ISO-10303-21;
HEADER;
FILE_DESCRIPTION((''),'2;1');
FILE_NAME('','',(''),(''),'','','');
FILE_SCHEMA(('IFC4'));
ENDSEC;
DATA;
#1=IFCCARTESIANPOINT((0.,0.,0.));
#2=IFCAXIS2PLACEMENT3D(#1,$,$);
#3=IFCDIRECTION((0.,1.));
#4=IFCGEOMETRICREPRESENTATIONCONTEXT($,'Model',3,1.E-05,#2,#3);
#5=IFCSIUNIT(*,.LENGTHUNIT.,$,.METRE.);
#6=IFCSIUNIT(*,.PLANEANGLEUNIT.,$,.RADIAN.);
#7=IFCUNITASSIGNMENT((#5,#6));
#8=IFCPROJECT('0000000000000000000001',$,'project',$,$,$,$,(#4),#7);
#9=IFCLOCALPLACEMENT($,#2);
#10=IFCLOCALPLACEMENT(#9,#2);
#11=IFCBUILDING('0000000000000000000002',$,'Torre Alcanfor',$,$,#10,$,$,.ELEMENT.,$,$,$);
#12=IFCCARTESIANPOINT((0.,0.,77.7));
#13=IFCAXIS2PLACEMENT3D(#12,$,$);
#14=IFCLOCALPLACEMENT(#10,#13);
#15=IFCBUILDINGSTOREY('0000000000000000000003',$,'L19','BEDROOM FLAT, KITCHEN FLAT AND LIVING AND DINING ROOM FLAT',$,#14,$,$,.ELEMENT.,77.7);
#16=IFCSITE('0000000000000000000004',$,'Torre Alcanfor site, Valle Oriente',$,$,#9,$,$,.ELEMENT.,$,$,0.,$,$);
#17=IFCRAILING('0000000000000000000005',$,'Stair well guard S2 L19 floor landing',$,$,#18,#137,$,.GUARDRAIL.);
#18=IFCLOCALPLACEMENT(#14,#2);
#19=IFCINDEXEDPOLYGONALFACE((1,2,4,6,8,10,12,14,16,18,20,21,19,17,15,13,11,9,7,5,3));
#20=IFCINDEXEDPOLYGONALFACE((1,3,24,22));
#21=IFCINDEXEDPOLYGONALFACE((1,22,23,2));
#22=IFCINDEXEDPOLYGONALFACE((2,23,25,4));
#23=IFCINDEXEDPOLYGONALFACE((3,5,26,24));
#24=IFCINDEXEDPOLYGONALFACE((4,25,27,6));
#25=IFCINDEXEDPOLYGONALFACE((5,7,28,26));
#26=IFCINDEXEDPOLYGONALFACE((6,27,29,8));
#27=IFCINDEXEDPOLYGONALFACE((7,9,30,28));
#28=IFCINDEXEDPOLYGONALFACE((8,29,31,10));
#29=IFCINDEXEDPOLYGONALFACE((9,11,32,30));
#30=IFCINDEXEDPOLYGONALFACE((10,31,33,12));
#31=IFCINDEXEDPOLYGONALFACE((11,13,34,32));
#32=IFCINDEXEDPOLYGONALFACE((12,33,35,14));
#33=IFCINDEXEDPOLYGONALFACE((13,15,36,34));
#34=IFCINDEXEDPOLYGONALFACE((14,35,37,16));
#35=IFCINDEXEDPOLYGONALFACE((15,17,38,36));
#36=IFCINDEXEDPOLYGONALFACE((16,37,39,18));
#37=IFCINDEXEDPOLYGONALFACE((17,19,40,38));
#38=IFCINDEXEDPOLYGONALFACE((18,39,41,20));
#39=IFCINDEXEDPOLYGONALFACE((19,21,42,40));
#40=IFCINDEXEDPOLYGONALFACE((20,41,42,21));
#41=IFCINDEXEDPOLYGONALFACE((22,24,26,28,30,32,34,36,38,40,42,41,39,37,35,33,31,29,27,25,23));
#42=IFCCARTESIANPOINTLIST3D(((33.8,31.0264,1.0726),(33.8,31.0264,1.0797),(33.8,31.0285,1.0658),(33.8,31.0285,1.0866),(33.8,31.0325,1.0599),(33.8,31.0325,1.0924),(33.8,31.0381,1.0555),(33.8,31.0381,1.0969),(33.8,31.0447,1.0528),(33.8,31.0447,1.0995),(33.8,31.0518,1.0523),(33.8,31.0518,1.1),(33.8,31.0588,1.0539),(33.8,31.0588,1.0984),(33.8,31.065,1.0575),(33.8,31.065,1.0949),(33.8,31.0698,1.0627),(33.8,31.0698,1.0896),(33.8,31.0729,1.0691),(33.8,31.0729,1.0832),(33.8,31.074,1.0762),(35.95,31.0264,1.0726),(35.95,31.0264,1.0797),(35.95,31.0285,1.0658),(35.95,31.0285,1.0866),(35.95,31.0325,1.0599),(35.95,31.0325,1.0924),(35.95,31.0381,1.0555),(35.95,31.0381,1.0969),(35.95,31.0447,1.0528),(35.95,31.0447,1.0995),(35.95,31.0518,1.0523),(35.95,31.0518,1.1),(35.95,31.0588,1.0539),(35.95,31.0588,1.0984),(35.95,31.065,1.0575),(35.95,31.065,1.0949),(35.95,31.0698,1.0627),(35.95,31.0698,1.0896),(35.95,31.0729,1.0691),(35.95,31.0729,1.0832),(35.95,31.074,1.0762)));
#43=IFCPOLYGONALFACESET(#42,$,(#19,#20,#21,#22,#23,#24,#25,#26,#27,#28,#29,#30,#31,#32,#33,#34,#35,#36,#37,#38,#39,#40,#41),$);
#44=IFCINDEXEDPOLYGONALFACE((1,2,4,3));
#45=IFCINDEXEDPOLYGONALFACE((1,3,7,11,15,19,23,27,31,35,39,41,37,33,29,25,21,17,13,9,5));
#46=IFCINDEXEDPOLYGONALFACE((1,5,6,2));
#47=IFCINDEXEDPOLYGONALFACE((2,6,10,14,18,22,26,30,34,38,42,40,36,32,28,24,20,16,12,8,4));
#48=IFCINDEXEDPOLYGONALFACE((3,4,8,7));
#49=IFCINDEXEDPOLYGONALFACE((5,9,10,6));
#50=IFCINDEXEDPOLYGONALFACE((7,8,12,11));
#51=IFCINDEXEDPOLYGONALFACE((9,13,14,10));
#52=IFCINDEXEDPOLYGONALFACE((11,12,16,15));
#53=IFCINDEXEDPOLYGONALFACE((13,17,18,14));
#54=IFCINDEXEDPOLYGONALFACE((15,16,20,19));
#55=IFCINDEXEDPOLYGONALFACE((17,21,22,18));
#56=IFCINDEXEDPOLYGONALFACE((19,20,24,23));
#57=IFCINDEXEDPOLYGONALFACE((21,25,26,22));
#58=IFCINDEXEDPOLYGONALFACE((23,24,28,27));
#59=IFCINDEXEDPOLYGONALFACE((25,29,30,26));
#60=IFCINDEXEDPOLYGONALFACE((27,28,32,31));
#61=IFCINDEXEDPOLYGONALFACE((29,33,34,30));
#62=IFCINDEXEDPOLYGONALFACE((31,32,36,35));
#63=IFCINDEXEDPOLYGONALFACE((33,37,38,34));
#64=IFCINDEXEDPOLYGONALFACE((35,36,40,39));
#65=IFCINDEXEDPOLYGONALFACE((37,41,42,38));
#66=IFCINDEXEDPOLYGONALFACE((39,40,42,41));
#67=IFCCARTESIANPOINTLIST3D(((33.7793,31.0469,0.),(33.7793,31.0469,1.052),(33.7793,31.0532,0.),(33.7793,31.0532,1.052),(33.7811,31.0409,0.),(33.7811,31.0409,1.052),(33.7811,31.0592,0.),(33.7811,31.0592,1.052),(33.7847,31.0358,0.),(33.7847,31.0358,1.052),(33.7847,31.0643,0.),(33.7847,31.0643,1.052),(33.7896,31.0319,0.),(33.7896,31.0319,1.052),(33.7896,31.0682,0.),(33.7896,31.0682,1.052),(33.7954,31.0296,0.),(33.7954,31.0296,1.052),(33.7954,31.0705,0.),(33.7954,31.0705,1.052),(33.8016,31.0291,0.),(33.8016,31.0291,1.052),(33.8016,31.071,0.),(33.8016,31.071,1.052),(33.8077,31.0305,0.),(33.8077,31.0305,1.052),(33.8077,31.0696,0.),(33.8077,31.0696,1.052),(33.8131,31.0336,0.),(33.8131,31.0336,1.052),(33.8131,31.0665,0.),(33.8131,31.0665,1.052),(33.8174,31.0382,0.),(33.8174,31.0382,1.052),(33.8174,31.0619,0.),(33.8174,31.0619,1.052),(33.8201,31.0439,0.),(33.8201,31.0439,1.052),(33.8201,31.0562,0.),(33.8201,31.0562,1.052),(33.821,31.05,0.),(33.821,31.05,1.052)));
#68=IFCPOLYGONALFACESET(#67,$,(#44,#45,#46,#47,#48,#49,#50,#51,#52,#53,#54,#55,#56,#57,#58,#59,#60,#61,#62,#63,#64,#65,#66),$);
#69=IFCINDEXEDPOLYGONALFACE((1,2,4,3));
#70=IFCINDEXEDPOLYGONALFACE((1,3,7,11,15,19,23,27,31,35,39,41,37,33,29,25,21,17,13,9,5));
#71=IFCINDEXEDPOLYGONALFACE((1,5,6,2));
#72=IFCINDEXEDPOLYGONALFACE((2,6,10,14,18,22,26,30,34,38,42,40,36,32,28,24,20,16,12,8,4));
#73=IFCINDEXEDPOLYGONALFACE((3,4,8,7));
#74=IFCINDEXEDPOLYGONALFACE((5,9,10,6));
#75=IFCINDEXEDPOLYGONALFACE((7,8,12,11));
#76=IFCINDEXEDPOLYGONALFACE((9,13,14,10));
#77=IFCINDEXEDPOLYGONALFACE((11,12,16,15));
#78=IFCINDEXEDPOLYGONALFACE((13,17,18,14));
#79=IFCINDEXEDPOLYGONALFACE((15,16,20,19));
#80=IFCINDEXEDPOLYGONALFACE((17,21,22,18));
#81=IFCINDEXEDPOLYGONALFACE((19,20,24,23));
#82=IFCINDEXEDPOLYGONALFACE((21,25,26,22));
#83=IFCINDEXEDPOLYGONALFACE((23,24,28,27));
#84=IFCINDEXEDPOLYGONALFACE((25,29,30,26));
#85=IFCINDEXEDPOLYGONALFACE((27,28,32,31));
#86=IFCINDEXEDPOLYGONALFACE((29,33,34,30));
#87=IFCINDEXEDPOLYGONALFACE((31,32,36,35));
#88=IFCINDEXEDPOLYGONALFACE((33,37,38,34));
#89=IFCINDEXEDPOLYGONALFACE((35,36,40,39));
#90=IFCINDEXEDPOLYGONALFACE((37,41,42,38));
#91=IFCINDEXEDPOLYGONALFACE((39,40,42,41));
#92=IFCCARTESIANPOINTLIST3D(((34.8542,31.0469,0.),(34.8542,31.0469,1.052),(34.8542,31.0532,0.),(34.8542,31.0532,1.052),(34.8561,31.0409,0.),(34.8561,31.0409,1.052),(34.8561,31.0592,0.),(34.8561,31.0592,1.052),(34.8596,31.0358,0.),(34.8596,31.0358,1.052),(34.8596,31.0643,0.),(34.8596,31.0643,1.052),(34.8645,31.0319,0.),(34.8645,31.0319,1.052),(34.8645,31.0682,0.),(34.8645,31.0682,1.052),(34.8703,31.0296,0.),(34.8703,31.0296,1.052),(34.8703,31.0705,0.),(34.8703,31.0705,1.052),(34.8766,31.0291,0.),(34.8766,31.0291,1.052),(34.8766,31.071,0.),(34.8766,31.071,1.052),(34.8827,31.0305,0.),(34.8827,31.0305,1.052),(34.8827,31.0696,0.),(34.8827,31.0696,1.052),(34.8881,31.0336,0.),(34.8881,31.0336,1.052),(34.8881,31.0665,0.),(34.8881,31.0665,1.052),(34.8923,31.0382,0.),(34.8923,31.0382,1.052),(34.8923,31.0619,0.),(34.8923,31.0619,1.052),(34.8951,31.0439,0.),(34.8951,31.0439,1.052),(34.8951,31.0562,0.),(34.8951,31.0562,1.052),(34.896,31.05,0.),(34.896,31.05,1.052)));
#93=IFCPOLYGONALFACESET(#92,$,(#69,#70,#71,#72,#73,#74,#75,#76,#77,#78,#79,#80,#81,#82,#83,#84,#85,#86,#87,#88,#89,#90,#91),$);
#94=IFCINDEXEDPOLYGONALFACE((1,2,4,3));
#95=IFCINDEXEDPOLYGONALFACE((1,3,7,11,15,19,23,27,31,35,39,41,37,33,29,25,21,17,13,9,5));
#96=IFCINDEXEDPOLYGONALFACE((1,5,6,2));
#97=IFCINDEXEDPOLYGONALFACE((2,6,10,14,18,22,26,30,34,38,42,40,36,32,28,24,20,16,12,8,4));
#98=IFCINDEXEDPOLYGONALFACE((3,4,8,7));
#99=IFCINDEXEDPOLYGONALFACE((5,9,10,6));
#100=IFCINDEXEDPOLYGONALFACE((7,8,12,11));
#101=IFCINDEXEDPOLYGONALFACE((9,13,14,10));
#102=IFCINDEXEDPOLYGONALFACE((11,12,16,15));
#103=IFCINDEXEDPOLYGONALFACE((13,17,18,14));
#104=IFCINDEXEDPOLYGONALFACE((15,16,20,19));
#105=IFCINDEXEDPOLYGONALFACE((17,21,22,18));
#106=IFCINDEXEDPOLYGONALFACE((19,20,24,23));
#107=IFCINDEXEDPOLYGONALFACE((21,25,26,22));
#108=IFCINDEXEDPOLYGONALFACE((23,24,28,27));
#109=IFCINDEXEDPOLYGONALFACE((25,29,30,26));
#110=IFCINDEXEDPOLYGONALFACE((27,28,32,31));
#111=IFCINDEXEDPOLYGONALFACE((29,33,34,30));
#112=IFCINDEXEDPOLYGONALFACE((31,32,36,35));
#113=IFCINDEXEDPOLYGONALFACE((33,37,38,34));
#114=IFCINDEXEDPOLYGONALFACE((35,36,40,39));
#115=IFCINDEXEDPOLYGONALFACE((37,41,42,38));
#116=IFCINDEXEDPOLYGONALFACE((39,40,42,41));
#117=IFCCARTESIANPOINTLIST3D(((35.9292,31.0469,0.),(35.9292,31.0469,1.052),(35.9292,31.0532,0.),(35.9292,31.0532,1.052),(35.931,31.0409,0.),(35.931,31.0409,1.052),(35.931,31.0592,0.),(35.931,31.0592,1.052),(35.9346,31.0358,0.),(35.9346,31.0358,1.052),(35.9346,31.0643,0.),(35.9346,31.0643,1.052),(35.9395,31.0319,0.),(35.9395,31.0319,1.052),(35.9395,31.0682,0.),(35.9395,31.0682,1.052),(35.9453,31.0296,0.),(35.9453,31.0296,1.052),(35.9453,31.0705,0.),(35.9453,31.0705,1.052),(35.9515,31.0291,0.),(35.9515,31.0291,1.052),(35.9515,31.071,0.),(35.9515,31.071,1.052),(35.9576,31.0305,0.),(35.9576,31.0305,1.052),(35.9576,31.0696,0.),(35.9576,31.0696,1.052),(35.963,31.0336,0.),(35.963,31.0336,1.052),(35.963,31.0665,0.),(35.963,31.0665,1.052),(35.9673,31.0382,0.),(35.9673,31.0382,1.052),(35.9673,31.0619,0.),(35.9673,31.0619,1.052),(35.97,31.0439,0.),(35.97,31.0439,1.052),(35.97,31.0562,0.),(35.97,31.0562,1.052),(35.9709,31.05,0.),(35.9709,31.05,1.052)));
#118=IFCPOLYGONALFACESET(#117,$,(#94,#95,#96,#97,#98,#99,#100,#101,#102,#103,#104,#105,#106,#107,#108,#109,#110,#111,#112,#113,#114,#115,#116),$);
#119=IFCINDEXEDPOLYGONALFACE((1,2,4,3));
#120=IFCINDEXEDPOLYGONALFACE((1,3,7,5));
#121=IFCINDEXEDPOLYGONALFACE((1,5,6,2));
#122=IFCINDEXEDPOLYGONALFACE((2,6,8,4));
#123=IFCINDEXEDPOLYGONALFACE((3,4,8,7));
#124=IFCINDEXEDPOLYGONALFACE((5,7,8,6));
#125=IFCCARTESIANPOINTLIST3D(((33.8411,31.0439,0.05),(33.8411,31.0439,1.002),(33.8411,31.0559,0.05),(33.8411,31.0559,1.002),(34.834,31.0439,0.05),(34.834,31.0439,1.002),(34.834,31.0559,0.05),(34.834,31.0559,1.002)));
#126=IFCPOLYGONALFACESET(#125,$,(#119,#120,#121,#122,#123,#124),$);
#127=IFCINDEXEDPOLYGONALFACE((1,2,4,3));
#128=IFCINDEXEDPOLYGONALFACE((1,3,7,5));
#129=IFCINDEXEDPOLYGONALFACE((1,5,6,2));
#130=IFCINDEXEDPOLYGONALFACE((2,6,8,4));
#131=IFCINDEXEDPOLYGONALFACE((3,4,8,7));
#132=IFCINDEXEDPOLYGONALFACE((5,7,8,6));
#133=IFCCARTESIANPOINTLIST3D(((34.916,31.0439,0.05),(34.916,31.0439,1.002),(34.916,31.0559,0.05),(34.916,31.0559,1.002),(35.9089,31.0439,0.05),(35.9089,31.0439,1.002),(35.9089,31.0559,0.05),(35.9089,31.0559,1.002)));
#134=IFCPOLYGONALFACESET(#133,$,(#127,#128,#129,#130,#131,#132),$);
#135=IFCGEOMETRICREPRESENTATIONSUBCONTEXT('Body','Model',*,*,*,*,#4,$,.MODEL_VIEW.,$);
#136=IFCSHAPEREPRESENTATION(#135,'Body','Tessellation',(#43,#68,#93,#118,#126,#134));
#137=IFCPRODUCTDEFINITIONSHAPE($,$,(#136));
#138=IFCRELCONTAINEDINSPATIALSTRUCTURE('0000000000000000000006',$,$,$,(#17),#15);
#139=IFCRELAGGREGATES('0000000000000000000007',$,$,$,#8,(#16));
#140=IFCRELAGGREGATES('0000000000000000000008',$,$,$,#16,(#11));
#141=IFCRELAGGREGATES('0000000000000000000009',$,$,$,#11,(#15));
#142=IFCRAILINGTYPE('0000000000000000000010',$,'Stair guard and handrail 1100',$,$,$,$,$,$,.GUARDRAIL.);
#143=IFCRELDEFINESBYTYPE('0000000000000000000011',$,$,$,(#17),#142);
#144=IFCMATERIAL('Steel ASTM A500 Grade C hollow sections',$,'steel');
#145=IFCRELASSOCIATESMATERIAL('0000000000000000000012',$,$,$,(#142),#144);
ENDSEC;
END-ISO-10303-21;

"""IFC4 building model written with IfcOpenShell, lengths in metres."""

from ifc_helpers import new_model, si_unit, direction, frame, origin, origin_2d, place, context, subcontext, project, spatial, polyline, circle, outline, extrude, material, type_object, element, save


model = new_model("IFC4")

# Units and contexts
model_context = context("Model", 3, precision=1e-05, world=origin(), true_north=direction((0.0, 1.0)))
body_context = subcontext(model_context, "Body", "Model", "MODEL_VIEW")
ifc_project = project(units=[si_unit("LENGTHUNIT", "METRE"), si_unit("PLANEANGLEUNIT", "RADIAN")], contexts=[model_context])

# Site, building, storey
site_placement = place(None, origin())
site = spatial("IfcSite", under=ifc_project, at=site_placement, Name="Torre Alcanfor site, Valle Oriente", CompositionType="ELEMENT", RefElevation=0.0)
building_placement = place(site_placement, origin())
building = spatial("IfcBuilding", under=site, at=building_placement, Name="Torre Alcanfor", CompositionType="ELEMENT")
storey_placement = place(building_placement, frame((0.0, 0.0, 77.7)))
storey = spatial("IfcBuildingStorey", under=building, at=storey_placement, Name="L19", Description="BEDROOM FLAT, KITCHEN FLAT AND LIVING AND DINING ROOM FLAT", CompositionType="ELEMENT", Elevation=77.7)

# Railing
ifc_material_1 = material(Name="Steel ASTM A500 Grade C hollow sections", Category="steel")
railing_type_1 = type_object("IfcRailingType", Name="Stair guard and handrail 1100", PredefinedType="GUARDRAIL", material=ifc_material_1)
for number, where, name in (
    (1, (33.8, 31.05, 0.0), "Stair well guard S2 L19 floor landing"),
):
    element("IfcRailing", number, at=place(storey_placement, frame(where)), inside=storey, type_object=railing_type_1, Name=name, PredefinedType="GUARDRAIL", context=body_context, shape_type="SweptSolid", body=[
        extrude(circle(Radius=0.0239, at=origin_2d()), frame((0.0, 0.0, 1.0762), z_axis=(1.0, 0.0, 0.0), x_axis=(0.0, 1.0, 0.0)), (0.0, 0.0, 1.0), 2.1499),
        extrude(circle(Radius=0.021, at=origin_2d()), origin(), (0.0, 0.0, 1.0), 1.052),
        extrude(circle(Radius=0.021, at=origin_2d()), frame((1.075, 0.0, 0.0)), (0.0, 0.0, 1.0), 1.052),
        extrude(circle(Radius=0.021, at=origin_2d()), frame((2.1499, 0.0, 0.0)), (0.0, 0.0, 1.0), 1.052),
        extrude(outline(polyline([(0.041, 0.05), (1.0339, 0.05), (1.0339, 1.002), (0.041, 1.002), (0.041, 0.05)])), frame((0.0, 0.0059, 0.0), z_axis=(0.0, -1.0, 0.0), x_axis=(1.0, 0.0, 0.0)), (0.0, 0.0, 1.0), 0.012),
        extrude(outline(polyline([(1.116, 0.05), (2.1089, 0.05), (2.1089, 1.002), (1.116, 1.002), (1.116, 0.05)])), frame((0.0, 0.0059, 0.0), z_axis=(0.0, -1.0, 0.0), x_axis=(1.0, 0.0, 0.0)), (0.0, 0.0, 1.0), 0.012),
    ])

save(model, "model.ifc")
